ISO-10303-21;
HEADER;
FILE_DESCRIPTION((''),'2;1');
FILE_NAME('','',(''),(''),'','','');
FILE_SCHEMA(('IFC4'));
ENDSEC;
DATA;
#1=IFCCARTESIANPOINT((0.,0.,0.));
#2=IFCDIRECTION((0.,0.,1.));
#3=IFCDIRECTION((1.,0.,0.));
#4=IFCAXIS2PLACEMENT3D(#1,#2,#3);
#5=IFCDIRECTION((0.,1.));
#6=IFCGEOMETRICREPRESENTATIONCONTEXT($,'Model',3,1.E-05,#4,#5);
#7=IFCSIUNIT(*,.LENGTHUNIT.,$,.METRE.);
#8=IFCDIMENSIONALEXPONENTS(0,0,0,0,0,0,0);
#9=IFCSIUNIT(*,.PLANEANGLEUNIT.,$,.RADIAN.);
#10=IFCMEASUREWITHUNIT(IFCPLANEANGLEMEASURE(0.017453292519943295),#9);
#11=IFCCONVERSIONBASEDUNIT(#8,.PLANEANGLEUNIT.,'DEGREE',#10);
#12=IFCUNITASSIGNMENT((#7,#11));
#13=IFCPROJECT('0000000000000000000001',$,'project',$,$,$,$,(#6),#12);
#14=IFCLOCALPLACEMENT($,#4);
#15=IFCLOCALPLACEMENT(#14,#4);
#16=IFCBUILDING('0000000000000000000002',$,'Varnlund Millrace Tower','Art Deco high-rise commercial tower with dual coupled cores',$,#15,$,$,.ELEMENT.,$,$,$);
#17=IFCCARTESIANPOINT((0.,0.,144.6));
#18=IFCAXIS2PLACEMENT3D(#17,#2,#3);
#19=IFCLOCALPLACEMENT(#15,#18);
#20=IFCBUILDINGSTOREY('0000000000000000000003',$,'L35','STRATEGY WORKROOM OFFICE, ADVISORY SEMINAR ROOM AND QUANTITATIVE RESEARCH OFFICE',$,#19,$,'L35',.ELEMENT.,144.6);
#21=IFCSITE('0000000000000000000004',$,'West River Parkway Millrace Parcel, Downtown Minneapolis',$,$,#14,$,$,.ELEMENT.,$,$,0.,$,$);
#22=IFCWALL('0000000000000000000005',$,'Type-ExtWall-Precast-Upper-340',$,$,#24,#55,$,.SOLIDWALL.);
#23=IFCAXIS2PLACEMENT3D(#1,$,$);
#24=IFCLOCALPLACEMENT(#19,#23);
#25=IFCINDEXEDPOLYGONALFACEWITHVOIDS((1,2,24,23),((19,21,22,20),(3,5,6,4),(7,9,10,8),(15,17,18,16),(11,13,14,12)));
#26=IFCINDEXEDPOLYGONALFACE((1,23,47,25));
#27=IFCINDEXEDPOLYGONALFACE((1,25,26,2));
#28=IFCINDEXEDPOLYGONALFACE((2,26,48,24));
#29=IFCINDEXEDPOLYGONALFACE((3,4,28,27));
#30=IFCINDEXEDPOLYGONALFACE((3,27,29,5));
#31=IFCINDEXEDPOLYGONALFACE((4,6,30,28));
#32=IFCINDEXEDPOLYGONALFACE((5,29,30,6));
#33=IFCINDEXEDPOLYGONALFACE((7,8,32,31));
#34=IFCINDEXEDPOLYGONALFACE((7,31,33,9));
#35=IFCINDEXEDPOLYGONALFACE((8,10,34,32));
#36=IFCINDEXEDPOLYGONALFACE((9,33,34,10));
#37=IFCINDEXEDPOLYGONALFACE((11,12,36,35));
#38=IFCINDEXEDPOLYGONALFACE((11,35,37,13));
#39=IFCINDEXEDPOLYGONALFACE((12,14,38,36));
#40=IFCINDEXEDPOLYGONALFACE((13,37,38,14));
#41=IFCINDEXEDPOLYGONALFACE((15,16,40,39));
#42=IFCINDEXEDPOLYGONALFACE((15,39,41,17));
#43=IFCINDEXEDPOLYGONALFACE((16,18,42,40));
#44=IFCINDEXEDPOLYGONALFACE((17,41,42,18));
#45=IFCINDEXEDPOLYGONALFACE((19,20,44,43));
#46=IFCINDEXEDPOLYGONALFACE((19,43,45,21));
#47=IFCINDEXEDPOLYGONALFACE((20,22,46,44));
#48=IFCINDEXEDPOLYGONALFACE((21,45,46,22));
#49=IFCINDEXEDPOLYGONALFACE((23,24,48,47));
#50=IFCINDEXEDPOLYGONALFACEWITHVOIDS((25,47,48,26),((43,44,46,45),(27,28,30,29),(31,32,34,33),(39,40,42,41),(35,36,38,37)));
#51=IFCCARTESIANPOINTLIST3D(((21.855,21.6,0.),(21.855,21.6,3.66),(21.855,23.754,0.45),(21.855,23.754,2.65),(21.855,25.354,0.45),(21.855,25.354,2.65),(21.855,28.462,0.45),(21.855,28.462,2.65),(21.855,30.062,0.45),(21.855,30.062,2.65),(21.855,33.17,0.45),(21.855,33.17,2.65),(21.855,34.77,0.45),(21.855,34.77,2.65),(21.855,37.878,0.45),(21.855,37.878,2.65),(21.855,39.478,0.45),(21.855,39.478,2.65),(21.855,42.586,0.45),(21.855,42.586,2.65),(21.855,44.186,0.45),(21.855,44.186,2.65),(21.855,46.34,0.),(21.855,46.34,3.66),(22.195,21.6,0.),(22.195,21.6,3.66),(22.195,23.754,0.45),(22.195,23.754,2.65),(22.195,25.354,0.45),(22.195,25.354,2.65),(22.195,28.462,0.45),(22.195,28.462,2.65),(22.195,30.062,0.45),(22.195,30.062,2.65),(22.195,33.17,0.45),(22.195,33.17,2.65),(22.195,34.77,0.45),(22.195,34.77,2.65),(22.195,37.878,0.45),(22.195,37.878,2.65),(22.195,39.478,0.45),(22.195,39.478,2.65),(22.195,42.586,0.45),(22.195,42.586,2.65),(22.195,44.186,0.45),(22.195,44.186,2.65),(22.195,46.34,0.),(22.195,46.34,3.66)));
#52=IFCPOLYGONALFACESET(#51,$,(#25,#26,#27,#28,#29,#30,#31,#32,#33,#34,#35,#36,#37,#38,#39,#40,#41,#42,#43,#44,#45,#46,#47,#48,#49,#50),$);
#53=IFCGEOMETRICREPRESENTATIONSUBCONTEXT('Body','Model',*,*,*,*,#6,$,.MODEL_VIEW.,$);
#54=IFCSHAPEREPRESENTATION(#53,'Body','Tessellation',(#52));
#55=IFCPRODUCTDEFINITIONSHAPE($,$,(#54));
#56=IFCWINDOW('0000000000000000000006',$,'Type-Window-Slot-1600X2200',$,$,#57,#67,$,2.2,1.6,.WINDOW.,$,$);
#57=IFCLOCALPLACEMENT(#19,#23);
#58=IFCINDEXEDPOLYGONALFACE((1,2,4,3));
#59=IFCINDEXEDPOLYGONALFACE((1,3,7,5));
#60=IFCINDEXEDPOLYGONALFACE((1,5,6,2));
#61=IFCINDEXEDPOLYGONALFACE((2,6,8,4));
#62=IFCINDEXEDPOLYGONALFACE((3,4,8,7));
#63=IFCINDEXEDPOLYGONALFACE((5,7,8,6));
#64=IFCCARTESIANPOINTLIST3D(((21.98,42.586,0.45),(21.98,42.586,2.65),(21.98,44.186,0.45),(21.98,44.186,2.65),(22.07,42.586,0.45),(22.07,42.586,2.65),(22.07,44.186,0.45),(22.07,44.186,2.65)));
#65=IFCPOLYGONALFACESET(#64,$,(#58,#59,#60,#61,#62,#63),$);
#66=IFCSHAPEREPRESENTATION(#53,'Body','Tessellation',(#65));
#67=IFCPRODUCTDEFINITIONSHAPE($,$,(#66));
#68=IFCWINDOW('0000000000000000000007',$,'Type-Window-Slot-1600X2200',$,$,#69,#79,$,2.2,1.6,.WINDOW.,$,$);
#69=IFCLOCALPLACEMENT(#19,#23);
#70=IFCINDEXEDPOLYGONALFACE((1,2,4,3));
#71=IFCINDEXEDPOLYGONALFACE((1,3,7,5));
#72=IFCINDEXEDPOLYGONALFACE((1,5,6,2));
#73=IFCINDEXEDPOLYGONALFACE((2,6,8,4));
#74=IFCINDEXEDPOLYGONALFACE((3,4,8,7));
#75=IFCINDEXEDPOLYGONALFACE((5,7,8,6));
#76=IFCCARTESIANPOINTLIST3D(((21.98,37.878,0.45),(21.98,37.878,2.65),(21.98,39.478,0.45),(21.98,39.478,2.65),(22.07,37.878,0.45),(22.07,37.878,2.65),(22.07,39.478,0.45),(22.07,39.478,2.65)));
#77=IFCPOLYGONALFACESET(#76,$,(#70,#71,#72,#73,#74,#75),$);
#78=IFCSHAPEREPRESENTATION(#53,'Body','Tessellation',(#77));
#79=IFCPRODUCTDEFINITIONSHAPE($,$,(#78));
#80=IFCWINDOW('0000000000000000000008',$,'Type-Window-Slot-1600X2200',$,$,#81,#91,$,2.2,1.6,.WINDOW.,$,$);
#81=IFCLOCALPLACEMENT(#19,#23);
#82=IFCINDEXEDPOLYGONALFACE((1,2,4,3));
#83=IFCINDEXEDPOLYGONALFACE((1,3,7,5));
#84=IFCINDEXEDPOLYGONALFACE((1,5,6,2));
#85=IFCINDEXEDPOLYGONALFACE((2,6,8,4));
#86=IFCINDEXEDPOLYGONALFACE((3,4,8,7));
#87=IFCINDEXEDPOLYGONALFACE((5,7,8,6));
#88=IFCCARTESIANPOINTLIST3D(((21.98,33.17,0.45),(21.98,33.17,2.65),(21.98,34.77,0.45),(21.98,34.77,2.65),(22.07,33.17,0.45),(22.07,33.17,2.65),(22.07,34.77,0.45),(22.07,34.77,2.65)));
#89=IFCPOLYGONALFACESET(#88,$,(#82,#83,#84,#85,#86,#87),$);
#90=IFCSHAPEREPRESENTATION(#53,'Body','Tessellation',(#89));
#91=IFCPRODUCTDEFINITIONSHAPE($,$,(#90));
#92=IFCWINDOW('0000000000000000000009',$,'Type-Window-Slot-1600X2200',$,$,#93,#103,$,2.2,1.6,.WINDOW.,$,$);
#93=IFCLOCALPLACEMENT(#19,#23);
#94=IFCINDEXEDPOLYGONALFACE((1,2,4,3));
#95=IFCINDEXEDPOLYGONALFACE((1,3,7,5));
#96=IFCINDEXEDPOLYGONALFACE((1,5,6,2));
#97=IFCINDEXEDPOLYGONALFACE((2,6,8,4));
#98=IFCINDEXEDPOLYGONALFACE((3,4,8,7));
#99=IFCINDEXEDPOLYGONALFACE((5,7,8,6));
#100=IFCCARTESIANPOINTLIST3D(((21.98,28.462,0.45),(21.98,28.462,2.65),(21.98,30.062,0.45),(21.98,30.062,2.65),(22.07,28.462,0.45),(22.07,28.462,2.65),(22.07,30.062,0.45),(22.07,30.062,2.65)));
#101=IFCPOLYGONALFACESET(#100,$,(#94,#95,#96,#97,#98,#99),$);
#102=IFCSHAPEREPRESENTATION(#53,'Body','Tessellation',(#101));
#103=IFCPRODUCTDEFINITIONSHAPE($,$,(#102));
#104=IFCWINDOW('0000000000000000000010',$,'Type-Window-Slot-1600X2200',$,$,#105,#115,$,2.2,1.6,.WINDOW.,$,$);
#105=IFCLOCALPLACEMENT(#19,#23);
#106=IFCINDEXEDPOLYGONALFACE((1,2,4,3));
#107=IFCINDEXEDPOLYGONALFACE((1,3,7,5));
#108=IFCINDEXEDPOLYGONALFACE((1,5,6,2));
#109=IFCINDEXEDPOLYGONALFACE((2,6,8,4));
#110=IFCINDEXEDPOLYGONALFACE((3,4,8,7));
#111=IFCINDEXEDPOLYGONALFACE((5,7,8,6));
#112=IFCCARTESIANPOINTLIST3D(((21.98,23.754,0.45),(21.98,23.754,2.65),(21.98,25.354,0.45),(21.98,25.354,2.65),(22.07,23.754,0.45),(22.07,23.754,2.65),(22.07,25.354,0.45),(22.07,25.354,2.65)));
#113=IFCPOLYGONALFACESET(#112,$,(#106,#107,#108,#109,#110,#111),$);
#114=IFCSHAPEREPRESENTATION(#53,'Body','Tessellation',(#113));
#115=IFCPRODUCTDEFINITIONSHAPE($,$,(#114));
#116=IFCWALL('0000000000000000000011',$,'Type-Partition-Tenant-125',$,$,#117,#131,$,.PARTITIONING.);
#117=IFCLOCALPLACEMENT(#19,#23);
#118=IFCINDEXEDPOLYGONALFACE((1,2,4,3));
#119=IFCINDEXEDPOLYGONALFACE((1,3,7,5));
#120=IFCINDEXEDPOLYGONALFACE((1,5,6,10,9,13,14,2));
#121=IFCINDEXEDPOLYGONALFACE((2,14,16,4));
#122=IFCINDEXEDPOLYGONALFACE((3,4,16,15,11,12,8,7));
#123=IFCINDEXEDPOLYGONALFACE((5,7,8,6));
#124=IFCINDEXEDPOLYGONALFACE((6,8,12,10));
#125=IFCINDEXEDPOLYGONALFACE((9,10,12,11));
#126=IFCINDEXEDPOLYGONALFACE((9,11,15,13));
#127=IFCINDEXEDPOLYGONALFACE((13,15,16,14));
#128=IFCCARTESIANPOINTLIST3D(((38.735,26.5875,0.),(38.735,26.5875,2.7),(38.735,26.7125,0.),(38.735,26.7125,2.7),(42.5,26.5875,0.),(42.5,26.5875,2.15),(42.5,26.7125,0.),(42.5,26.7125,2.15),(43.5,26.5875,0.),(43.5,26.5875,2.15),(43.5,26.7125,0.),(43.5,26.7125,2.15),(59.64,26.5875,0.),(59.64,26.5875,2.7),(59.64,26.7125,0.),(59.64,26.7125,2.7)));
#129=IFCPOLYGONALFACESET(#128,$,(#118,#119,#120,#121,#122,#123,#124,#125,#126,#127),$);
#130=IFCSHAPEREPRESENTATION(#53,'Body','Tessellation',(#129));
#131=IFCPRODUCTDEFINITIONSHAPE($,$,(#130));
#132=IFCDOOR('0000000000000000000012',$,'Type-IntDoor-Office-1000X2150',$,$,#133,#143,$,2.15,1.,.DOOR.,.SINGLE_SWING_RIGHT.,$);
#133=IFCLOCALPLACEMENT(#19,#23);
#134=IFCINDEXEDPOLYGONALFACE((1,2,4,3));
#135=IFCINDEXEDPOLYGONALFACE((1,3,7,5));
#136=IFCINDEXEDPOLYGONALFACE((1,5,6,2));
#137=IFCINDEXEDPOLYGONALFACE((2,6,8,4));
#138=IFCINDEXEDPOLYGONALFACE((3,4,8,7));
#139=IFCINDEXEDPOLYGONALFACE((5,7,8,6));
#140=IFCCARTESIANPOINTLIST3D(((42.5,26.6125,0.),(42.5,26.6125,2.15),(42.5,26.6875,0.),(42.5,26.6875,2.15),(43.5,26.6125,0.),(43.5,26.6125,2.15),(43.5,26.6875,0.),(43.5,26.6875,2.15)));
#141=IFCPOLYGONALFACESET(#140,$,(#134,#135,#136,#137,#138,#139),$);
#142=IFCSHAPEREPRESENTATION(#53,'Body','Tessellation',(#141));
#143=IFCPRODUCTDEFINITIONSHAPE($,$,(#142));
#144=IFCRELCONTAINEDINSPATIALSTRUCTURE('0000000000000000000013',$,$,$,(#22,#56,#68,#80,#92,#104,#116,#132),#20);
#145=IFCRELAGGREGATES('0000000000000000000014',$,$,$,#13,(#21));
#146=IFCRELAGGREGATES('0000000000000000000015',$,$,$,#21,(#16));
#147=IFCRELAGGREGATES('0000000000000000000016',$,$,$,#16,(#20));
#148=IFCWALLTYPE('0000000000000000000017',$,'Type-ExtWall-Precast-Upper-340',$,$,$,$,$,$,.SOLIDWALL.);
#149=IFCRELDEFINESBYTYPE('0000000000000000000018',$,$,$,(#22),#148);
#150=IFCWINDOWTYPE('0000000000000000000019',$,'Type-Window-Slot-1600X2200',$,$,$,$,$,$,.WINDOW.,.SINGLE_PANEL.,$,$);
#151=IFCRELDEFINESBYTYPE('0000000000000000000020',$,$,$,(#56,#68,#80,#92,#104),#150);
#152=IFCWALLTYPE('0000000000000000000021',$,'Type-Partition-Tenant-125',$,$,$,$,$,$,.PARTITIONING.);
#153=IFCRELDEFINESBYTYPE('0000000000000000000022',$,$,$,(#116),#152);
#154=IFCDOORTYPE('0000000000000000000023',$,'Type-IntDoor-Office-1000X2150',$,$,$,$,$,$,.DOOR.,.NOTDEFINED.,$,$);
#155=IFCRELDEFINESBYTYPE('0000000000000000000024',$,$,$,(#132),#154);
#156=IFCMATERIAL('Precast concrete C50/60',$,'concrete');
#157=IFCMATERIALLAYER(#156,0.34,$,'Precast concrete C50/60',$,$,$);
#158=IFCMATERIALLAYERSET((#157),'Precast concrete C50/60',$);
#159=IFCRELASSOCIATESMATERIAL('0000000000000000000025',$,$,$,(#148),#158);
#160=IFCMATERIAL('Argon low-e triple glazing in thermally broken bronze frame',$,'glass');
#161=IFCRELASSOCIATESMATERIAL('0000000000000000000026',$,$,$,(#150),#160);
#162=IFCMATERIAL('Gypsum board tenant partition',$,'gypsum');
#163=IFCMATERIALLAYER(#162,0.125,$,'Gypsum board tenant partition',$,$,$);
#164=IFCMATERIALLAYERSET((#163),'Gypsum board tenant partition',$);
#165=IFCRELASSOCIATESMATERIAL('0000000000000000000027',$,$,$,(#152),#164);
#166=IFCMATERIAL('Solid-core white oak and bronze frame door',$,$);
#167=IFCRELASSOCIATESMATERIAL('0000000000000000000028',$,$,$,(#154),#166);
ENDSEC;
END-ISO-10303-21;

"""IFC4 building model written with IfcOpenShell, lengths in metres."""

from ifc_helpers import new_model, entity, si_unit, converted_unit, direction, frame, origin_with_axes, origin_2d_with_axis, place, context, subcontext, project, spatial, polyline, rectangle, outline, extrude, material, layer, layer_set, type_object, element, fill, save


model = new_model("IFC4")

# Units and contexts
model_context = context("Model", 3, precision=1e-05, world=origin_with_axes(), true_north=direction((0.0, 1.0)))
body_context = subcontext(model_context, "Body", "Model", "MODEL_VIEW")
ifc_project = project(units=[si_unit("LENGTHUNIT", "METRE"), converted_unit("PLANEANGLEUNIT", "DEGREE", entity("IfcPlaneAngleMeasure", 0.017453292519943295), si_unit("PLANEANGLEUNIT", "RADIAN"), dimensions=[0, 0, 0, 0, 0, 0, 0])], contexts=[model_context])

# Site, building, storey
site_placement = place(None, origin_with_axes())
site = spatial("IfcSite", under=ifc_project, at=site_placement, Name="West River Parkway Millrace Parcel, Downtown Minneapolis", CompositionType="ELEMENT", RefElevation=0.0)
building_placement = place(site_placement, origin_with_axes())
building = spatial("IfcBuilding", under=site, at=building_placement, Name="Varnlund Millrace Tower", Description="Art Deco high-rise commercial tower with dual coupled cores", CompositionType="ELEMENT")
storey_placement = place(building_placement, frame((0.0, 0.0, 144.6), z_axis=(0.0, 0.0, 1.0), x_axis=(1.0, 0.0, 0.0)))
storey = spatial("IfcBuildingStorey", under=building, at=storey_placement, Name="L35", Description="STRATEGY WORKROOM OFFICE, ADVISORY SEMINAR ROOM AND QUANTITATIVE RESEARCH OFFICE", LongName="L35", CompositionType="ELEMENT", Elevation=144.6)

# Shared definitions
ifc_material_1 = material(Name="Precast concrete C50/60", Category="concrete")
ifc_layer_1 = layer(ifc_material_1, 0.34, Name="Precast concrete C50/60")
ifc_layer_set_1 = layer_set([ifc_layer_1], Name="Precast concrete C50/60")
wall_type_1 = type_object("IfcWallType", Name="Type-ExtWall-Precast-Upper-340", PredefinedType="SOLIDWALL", material=ifc_layer_set_1)
ifc_material_2 = material(Name="Argon low-e triple glazing in thermally broken bronze frame", Category="glass")

# Wall, openings, windows
wall_1_placement = place(storey_placement, frame((22.025, 46.34, 0.0), z_axis=(0.0, 0.0, 1.0), x_axis=(0.0, -1.0, 0.0)))
wall_1 = element("IfcWall", 1, at=wall_1_placement, inside=storey, type_object=wall_type_1, Name="Type-ExtWall-Precast-Upper-340", PredefinedType="SOLIDWALL", context=body_context, shape_type="SweptSolid", body=[
    extrude(outline(polyline([(0.0, -0.17), (24.74, -0.17), (24.74, 0.17), (0.0, 0.17), (0.0, -0.17)])), origin_with_axes(), (0.0, 0.0, 1.0), 3.66),
])
opening_1_placement = place(wall_1_placement, frame((2.954, 0.0, 0.45), z_axis=(0.0, 0.0, 1.0), x_axis=(1.0, 0.0, 0.0)))
opening_1 = element("IfcOpeningElement", 2, at=opening_1_placement, cuts=wall_1, PredefinedType="OPENING", context=body_context, shape_type="SweptSolid", body=[
    extrude(rectangle(XDim=1.6, YDim=0.36, at=origin_2d_with_axis()), origin_with_axes(), (0.0, 0.0, 1.0), 2.2),
])
opening_2_placement = place(wall_1_placement, frame((7.662, 0.0, 0.45), z_axis=(0.0, 0.0, 1.0), x_axis=(1.0, 0.0, 0.0)))
opening_2 = element("IfcOpeningElement", 3, at=opening_2_placement, cuts=wall_1, PredefinedType="OPENING", context=body_context, shape_type="SweptSolid", body=[
    extrude(rectangle(XDim=1.6, YDim=0.36, at=origin_2d_with_axis()), origin_with_axes(), (0.0, 0.0, 1.0), 2.2),
])
opening_3_placement = place(wall_1_placement, frame((12.37, 0.0, 0.45), z_axis=(0.0, 0.0, 1.0), x_axis=(1.0, 0.0, 0.0)))
opening_3 = element("IfcOpeningElement", 4, at=opening_3_placement, cuts=wall_1, PredefinedType="OPENING", context=body_context, shape_type="SweptSolid", body=[
    extrude(rectangle(XDim=1.6, YDim=0.36, at=origin_2d_with_axis()), origin_with_axes(), (0.0, 0.0, 1.0), 2.2),
])
opening_4_placement = place(wall_1_placement, frame((17.078, 0.0, 0.45), z_axis=(0.0, 0.0, 1.0), x_axis=(1.0, 0.0, 0.0)))
opening_4 = element("IfcOpeningElement", 5, at=opening_4_placement, cuts=wall_1, PredefinedType="OPENING", context=body_context, shape_type="SweptSolid", body=[
    extrude(rectangle(XDim=1.6, YDim=0.36, at=origin_2d_with_axis()), origin_with_axes(), (0.0, 0.0, 1.0), 2.2),
])
opening_5_placement = place(wall_1_placement, frame((21.786, 0.0, 0.45), z_axis=(0.0, 0.0, 1.0), x_axis=(1.0, 0.0, 0.0)))
opening_5 = element("IfcOpeningElement", 6, at=opening_5_placement, cuts=wall_1, PredefinedType="OPENING", context=body_context, shape_type="SweptSolid", body=[
    extrude(rectangle(XDim=1.6, YDim=0.36, at=origin_2d_with_axis()), origin_with_axes(), (0.0, 0.0, 1.0), 2.2),
])
window_type_1 = type_object("IfcWindowType", Name="Type-Window-Slot-1600X2200", PartitioningType="SINGLE_PANEL", PredefinedType="WINDOW", material=ifc_material_2)
window_1_placement = place(wall_1_placement, frame((2.954, 0.0, 0.45), z_axis=(0.0, 0.0, 1.0), x_axis=(1.0, 0.0, 0.0)))
window_1 = element("IfcWindow", 7, at=window_1_placement, inside=storey, type_object=window_type_1, Name="Type-Window-Slot-1600X2200", OverallHeight=2.2, OverallWidth=1.6, PredefinedType="WINDOW", context=body_context, shape_type="SweptSolid", body=[
    extrude(rectangle(XDim=1.6, YDim=0.09, at=origin_2d_with_axis()), origin_with_axes(), (0.0, 0.0, 1.0), 2.2),
])
fill(opening_1, window_1)
window_2_placement = place(wall_1_placement, frame((7.662, 0.0, 0.45), z_axis=(0.0, 0.0, 1.0), x_axis=(1.0, 0.0, 0.0)))
window_2 = element("IfcWindow", 8, at=window_2_placement, inside=storey, type_object=window_type_1, Name="Type-Window-Slot-1600X2200", OverallHeight=2.2, OverallWidth=1.6, PredefinedType="WINDOW", context=body_context, shape_type="SweptSolid", body=[
    extrude(rectangle(XDim=1.6, YDim=0.09, at=origin_2d_with_axis()), origin_with_axes(), (0.0, 0.0, 1.0), 2.2),
])
fill(opening_2, window_2)
window_3_placement = place(wall_1_placement, frame((12.37, 0.0, 0.45), z_axis=(0.0, 0.0, 1.0), x_axis=(1.0, 0.0, 0.0)))
window_3 = element("IfcWindow", 9, at=window_3_placement, inside=storey, type_object=window_type_1, Name="Type-Window-Slot-1600X2200", OverallHeight=2.2, OverallWidth=1.6, PredefinedType="WINDOW", context=body_context, shape_type="SweptSolid", body=[
    extrude(rectangle(XDim=1.6, YDim=0.09, at=origin_2d_with_axis()), origin_with_axes(), (0.0, 0.0, 1.0), 2.2),
])
fill(opening_3, window_3)
window_4_placement = place(wall_1_placement, frame((17.078, 0.0, 0.45), z_axis=(0.0, 0.0, 1.0), x_axis=(1.0, 0.0, 0.0)))
window_4 = element("IfcWindow", 10, at=window_4_placement, inside=storey, type_object=window_type_1, Name="Type-Window-Slot-1600X2200", OverallHeight=2.2, OverallWidth=1.6, PredefinedType="WINDOW", context=body_context, shape_type="SweptSolid", body=[
    extrude(rectangle(XDim=1.6, YDim=0.09, at=origin_2d_with_axis()), origin_with_axes(), (0.0, 0.0, 1.0), 2.2),
])
fill(opening_4, window_4)
window_5_placement = place(wall_1_placement, frame((21.786, 0.0, 0.45), z_axis=(0.0, 0.0, 1.0), x_axis=(1.0, 0.0, 0.0)))
window_5 = element("IfcWindow", 11, at=window_5_placement, inside=storey, type_object=window_type_1, Name="Type-Window-Slot-1600X2200", OverallHeight=2.2, OverallWidth=1.6, PredefinedType="WINDOW", context=body_context, shape_type="SweptSolid", body=[
    extrude(rectangle(XDim=1.6, YDim=0.09, at=origin_2d_with_axis()), origin_with_axes(), (0.0, 0.0, 1.0), 2.2),
])
fill(opening_5, window_5)

# Wall, opening, door
ifc_material_3 = material(Name="Gypsum board tenant partition", Category="gypsum")
ifc_layer_2 = layer(ifc_material_3, 0.125, Name="Gypsum board tenant partition")
ifc_layer_set_2 = layer_set([ifc_layer_2], Name="Gypsum board tenant partition")
wall_type_2 = type_object("IfcWallType", Name="Type-Partition-Tenant-125", PredefinedType="PARTITIONING", material=ifc_layer_set_2)
wall_2_placement = place(storey_placement, frame((38.735, 26.65, 0.0), z_axis=(0.0, 0.0, 1.0), x_axis=(1.0, 0.0, 0.0)))
wall_2 = element("IfcWall", 12, at=wall_2_placement, inside=storey, type_object=wall_type_2, Name="Type-Partition-Tenant-125", PredefinedType="PARTITIONING", context=body_context, shape_type="SweptSolid", body=[
    extrude(outline(polyline([(0.0, -0.0625), (20.905, -0.0625), (20.905, 0.0625), (0.0, 0.0625), (0.0, -0.0625)])), origin_with_axes(), (0.0, 0.0, 1.0), 2.7),
])
opening_6_placement = place(wall_2_placement, frame((4.265, 0.0, 0.0), z_axis=(0.0, 0.0, 1.0), x_axis=(1.0, 0.0, 0.0)))
opening_6 = element("IfcOpeningElement", 13, at=opening_6_placement, cuts=wall_2, PredefinedType="OPENING", context=body_context, shape_type="SweptSolid", body=[
    extrude(rectangle(XDim=1.0, YDim=0.145, at=origin_2d_with_axis()), origin_with_axes(), (0.0, 0.0, 1.0), 2.15),
])
ifc_material_4 = material(Name="Solid-core white oak and bronze frame door")
door_type = type_object("IfcDoorType", Name="Type-IntDoor-Office-1000X2150", OperationType="NOTDEFINED", PredefinedType="DOOR", material=ifc_material_4)
door_placement = place(wall_2_placement, frame((4.265, 0.0, 0.0), z_axis=(0.0, 0.0, 1.0), x_axis=(1.0, 0.0, 0.0)))
door = element("IfcDoor", 14, at=door_placement, inside=storey, type_object=door_type, Name="Type-IntDoor-Office-1000X2150", OperationType="SINGLE_SWING_RIGHT", OverallHeight=2.15, OverallWidth=1.0, PredefinedType="DOOR", context=body_context, shape_type="SweptSolid", body=[
    extrude(rectangle(XDim=1.0, YDim=0.075, at=origin_2d_with_axis()), origin_with_axes(), (0.0, 0.0, 1.0), 2.15),
])
fill(opening_6, door)

save(model, "model.ifc")
